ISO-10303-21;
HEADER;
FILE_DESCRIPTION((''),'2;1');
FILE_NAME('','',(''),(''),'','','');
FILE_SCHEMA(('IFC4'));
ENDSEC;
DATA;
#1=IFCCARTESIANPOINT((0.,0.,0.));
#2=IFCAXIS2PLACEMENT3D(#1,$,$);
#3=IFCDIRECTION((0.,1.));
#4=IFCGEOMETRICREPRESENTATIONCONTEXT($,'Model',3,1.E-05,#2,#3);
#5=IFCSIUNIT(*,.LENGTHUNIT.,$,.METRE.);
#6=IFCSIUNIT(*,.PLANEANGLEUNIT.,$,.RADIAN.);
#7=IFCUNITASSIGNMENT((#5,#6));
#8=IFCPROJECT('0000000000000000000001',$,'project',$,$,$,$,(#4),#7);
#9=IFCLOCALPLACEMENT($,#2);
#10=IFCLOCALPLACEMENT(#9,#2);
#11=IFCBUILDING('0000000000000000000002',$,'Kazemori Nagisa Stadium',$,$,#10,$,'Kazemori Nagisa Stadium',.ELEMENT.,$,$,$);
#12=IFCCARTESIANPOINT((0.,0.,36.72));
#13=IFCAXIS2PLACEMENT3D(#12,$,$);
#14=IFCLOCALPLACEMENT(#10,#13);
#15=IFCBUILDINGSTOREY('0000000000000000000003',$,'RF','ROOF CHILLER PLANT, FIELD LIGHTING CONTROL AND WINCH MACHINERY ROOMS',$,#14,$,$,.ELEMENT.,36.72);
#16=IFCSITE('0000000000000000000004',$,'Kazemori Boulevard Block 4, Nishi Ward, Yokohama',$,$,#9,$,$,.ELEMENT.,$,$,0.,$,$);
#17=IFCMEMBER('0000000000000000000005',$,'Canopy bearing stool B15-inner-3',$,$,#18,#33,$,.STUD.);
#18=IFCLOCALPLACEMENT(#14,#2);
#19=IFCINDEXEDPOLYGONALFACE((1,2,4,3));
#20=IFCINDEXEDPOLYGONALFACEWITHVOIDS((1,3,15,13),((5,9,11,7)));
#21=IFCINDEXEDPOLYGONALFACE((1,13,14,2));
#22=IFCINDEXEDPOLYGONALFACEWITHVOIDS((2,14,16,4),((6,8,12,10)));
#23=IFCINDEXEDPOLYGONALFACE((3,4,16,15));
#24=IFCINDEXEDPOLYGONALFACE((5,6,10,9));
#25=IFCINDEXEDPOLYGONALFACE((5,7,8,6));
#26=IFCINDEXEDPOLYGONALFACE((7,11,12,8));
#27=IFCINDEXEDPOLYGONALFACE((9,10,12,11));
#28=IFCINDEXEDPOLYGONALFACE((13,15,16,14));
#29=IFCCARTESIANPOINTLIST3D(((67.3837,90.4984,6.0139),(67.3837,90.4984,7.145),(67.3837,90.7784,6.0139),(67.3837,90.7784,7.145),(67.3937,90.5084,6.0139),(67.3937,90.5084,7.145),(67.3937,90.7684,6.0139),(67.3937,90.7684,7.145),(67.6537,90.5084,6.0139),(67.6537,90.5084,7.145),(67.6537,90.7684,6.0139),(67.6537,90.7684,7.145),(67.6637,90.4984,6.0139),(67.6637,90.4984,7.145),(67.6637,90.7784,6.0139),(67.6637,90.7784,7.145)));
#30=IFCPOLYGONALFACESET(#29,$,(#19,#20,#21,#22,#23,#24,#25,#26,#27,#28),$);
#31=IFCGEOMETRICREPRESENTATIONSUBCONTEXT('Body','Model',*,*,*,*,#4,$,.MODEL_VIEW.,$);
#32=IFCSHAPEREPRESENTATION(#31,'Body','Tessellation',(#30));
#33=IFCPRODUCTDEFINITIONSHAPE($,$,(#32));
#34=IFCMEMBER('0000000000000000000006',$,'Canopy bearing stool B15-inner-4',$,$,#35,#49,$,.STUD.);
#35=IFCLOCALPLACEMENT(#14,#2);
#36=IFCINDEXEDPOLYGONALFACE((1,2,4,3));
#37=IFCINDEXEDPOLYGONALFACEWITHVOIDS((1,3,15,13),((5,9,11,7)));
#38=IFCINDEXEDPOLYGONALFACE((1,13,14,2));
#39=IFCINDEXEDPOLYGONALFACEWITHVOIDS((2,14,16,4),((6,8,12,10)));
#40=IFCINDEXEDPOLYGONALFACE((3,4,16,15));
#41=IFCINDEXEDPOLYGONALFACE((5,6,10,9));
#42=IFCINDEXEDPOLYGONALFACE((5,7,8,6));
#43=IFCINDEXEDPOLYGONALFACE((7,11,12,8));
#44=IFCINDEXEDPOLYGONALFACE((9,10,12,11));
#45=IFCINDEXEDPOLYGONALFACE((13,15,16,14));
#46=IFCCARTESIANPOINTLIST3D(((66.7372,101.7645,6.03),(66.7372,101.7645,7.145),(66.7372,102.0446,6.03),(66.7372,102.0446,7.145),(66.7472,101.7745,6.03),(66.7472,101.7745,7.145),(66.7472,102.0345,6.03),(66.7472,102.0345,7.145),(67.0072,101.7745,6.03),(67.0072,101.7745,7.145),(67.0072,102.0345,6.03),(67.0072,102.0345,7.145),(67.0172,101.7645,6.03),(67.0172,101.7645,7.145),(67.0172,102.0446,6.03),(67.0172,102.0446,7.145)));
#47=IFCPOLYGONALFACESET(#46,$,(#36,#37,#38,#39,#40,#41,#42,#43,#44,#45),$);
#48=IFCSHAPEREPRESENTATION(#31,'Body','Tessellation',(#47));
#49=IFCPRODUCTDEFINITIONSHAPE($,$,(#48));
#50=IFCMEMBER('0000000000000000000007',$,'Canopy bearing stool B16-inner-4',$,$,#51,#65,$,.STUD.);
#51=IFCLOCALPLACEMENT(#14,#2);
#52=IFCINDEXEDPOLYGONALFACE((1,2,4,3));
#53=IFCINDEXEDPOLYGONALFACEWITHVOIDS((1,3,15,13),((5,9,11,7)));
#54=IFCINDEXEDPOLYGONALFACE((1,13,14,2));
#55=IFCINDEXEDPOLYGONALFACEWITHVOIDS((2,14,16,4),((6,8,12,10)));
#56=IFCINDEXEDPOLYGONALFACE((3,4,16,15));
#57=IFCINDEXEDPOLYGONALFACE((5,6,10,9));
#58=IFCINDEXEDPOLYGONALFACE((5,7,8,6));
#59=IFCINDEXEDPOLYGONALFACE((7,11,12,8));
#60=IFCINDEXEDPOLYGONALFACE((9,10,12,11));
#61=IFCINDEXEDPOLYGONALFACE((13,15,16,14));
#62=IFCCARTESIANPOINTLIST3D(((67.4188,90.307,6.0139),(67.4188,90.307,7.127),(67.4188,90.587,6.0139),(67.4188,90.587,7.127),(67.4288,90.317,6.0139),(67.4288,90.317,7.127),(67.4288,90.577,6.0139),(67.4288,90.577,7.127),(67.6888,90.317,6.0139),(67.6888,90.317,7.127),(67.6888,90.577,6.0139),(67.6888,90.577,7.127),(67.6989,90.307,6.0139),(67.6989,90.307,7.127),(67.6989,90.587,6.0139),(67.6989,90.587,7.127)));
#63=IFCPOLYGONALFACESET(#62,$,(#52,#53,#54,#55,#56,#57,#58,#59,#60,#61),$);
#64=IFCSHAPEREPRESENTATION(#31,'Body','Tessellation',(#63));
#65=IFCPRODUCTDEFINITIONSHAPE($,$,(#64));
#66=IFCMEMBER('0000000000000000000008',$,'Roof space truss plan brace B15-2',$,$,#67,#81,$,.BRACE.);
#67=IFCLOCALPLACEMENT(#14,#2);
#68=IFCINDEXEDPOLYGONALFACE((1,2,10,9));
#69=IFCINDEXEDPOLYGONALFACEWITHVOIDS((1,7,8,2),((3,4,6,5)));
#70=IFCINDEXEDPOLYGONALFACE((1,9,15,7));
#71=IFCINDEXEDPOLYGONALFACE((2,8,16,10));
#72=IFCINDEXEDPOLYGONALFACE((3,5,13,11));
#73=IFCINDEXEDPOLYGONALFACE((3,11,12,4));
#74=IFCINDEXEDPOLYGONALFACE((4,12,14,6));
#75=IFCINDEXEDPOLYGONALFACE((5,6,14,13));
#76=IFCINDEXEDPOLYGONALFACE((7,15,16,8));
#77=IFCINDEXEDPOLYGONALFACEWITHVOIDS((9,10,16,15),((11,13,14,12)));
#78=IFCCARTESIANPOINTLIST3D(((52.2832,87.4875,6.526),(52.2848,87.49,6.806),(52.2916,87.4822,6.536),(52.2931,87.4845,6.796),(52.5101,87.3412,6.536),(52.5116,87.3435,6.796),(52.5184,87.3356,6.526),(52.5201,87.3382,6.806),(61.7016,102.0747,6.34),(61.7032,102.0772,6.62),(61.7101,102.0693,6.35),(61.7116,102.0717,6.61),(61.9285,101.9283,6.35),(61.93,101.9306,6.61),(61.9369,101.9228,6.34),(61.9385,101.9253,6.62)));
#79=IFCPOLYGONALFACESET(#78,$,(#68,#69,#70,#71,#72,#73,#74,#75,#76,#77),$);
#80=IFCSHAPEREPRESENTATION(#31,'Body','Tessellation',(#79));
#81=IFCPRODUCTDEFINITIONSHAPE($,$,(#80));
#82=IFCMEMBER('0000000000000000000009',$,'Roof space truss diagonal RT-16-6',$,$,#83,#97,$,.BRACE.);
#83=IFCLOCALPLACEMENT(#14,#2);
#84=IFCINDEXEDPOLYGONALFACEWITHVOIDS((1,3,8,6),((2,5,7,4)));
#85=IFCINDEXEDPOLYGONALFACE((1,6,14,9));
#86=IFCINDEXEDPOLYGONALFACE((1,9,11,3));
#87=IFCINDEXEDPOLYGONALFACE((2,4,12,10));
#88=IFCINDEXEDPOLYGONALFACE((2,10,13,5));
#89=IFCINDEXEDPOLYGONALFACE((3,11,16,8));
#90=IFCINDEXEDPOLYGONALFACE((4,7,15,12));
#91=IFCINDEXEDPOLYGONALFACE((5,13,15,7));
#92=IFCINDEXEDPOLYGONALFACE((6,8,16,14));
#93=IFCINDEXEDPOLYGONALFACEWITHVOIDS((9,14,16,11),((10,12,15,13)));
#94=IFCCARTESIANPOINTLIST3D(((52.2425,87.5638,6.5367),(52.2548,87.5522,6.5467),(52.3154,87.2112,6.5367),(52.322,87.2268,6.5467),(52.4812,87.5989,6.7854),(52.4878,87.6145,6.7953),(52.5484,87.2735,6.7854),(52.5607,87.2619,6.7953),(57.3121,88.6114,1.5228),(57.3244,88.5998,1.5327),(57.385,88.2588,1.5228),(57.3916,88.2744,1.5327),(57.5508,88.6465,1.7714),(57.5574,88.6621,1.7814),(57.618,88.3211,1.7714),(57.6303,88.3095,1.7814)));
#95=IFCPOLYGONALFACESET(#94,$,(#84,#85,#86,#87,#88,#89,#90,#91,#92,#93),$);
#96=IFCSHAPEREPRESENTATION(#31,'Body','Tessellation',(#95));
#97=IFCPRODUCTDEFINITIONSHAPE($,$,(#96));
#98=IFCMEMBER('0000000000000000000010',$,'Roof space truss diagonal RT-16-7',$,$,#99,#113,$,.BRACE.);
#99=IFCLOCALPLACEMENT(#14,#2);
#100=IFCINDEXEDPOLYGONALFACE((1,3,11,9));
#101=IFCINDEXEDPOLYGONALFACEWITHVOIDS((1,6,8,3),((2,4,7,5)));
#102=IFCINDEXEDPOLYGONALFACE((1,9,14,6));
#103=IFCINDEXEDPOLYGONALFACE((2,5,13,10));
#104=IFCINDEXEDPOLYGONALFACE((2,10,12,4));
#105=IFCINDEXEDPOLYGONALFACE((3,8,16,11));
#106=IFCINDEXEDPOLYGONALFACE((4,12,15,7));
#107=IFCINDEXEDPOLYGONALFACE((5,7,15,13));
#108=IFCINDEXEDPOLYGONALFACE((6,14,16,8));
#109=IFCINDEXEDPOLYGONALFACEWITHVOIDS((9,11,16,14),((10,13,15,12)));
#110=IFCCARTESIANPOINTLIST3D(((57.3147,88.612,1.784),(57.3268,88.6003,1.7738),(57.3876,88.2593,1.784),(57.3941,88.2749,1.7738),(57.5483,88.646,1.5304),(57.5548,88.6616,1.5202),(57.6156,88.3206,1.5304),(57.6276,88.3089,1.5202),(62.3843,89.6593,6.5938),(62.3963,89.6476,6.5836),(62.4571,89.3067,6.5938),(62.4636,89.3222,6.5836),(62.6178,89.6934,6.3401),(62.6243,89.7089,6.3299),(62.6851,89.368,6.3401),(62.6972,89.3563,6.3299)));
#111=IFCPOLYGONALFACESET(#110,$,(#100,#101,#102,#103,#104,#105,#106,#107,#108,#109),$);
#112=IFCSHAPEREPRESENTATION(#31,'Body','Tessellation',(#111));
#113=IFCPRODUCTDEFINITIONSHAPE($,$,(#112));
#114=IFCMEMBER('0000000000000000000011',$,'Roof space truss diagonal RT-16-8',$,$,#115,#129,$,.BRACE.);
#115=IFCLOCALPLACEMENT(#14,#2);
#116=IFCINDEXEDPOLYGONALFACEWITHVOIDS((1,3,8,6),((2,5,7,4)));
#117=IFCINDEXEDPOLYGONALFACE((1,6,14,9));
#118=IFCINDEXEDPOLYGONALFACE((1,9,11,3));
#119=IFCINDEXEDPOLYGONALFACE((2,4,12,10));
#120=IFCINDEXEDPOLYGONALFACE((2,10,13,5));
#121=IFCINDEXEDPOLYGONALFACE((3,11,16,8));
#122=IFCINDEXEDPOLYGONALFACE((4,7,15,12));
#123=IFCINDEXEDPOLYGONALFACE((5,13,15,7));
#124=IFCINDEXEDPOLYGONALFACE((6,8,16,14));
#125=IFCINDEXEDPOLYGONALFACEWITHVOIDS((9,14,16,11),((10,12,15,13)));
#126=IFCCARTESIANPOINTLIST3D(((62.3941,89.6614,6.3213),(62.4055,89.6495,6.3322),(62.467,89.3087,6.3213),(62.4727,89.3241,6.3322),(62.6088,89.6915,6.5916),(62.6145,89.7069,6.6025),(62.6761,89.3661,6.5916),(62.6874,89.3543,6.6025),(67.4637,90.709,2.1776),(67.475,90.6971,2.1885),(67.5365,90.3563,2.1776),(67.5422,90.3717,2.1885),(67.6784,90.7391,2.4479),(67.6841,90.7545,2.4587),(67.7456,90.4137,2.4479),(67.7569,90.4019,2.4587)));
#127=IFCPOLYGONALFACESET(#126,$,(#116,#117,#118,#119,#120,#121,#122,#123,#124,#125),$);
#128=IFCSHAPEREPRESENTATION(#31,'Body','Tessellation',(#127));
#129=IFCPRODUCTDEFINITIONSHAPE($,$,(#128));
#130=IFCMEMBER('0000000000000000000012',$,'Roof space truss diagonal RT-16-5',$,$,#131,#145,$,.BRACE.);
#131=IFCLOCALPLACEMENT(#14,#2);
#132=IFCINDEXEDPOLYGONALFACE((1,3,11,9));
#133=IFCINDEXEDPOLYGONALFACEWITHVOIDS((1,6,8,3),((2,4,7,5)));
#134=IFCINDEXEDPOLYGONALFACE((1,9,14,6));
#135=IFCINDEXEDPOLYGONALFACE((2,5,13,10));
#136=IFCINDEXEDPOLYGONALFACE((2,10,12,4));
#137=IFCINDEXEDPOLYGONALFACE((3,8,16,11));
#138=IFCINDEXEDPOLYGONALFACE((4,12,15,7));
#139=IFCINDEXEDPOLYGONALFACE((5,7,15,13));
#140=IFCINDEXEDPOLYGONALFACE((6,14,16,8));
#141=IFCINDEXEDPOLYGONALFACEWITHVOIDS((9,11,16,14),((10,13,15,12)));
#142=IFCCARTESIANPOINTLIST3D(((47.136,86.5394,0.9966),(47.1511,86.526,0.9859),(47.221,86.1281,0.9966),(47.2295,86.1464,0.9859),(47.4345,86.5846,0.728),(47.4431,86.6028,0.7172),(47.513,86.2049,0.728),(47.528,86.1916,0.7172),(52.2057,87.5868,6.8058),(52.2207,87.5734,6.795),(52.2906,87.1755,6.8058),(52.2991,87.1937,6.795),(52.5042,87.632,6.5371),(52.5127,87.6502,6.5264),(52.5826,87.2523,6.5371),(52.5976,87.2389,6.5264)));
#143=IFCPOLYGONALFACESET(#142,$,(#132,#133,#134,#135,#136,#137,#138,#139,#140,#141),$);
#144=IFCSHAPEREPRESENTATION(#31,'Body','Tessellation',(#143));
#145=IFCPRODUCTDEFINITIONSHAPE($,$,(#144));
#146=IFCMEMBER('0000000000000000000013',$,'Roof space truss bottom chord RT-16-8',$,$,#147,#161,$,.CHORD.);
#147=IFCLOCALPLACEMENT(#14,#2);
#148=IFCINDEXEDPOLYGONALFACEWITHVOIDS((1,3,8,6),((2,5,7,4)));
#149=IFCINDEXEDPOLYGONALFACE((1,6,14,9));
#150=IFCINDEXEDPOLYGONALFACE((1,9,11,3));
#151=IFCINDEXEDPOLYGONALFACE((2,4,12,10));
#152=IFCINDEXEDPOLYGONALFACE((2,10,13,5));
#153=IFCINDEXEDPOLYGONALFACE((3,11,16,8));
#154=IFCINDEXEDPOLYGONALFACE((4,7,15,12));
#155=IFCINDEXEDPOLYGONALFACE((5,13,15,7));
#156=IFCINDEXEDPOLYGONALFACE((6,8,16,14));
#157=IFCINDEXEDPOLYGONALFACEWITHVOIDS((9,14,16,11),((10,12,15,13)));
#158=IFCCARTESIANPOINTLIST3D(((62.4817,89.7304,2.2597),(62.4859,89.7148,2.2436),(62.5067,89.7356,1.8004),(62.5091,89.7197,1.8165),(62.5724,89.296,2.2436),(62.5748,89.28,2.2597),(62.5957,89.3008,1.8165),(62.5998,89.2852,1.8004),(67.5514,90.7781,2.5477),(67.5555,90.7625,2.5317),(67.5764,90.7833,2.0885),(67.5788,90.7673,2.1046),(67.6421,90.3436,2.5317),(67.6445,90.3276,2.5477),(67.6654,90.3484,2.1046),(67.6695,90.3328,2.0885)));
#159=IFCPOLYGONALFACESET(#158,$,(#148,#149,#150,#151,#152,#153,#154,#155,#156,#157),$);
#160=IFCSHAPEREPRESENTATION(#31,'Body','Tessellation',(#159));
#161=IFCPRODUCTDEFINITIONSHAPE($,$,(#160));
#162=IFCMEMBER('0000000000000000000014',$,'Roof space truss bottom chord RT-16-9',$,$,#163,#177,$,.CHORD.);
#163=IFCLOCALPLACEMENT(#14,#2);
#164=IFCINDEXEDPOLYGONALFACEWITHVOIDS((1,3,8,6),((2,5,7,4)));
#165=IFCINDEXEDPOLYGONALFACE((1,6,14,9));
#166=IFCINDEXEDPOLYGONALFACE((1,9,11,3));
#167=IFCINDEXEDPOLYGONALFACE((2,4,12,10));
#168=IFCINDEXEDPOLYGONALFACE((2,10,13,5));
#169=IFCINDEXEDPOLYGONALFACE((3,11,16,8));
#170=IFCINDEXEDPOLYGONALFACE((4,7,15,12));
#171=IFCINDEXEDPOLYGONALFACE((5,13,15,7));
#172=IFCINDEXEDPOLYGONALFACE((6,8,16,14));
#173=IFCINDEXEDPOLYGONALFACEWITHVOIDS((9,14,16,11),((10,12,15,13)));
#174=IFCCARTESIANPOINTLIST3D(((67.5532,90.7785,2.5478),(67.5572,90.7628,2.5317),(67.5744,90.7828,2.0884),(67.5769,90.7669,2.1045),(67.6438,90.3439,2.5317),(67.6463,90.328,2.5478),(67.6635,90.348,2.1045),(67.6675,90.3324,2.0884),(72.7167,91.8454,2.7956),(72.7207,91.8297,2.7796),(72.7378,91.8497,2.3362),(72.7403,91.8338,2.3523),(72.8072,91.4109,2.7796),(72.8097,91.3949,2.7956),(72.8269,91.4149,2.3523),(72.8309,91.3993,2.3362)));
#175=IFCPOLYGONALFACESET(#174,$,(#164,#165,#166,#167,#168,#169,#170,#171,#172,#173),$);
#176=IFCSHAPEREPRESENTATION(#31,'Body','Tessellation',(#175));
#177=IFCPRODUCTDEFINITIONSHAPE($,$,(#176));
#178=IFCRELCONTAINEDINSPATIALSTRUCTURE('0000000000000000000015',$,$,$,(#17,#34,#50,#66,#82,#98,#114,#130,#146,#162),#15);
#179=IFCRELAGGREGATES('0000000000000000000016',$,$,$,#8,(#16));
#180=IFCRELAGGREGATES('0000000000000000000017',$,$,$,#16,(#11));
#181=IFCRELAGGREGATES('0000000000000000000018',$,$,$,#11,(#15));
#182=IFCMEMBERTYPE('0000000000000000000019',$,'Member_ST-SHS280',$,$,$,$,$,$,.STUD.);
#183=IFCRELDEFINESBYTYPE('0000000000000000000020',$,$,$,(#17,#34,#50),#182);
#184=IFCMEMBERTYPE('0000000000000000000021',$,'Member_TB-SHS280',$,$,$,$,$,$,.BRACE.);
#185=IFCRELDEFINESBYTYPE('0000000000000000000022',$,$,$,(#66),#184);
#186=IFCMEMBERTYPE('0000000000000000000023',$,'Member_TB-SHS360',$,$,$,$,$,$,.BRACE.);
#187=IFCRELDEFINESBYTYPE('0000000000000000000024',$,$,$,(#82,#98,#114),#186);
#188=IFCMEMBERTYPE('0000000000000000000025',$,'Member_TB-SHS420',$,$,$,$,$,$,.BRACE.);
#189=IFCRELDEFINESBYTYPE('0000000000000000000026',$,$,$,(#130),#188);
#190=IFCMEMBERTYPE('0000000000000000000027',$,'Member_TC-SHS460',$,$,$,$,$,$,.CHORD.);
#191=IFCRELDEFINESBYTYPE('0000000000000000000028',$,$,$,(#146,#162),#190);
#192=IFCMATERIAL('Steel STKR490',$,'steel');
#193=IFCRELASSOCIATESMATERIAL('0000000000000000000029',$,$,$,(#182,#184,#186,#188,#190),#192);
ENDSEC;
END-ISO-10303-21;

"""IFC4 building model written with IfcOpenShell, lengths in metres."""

from ifc_helpers import new_model, si_unit, direction, frame, origin, origin_2d, place, context, subcontext, project, spatial, hollow_rectangle, extrude, material, material_profile, profile_set, type_object, element, save


model = new_model("IFC4")

# Units and contexts
model_context = context("Model", 3, precision=1e-05, world=origin(), true_north=direction((0.0, 1.0)))
body_context = subcontext(model_context, "Body", "Model", "MODEL_VIEW")
ifc_project = project(units=[si_unit("LENGTHUNIT", "METRE"), si_unit("PLANEANGLEUNIT", "RADIAN")], contexts=[model_context])

# Site, building, storey
site_placement = place(None, origin())
site = spatial("IfcSite", under=ifc_project, at=site_placement, Name="Kazemori Boulevard Block 4, Nishi Ward, Yokohama", CompositionType="ELEMENT", RefElevation=0.0)
building_placement = place(site_placement, origin())
building = spatial("IfcBuilding", under=site, at=building_placement, Name="Kazemori Nagisa Stadium", LongName="Kazemori Nagisa Stadium", CompositionType="ELEMENT")
storey_placement = place(building_placement, frame((0.0, 0.0, 36.72)))
storey = spatial("IfcBuildingStorey", under=building, at=storey_placement, Name="RF", Description="ROOF CHILLER PLANT, FIELD LIGHTING CONTROL AND WINCH MACHINERY ROOMS", CompositionType="ELEMENT", Elevation=36.72)

# Members
ifc_material_1 = material(Name="Steel STKR490", Category="steel")
ifc_material_profile_1 = material_profile(ifc_material_1, hollow_rectangle(XDim=0.28, YDim=0.28, WallThickness=0.01, at=origin_2d()), Name="SHS-280x280x10")
ifc_profile_set_1 = profile_set([ifc_material_profile_1], Name="Steel STKR490")
member_type_1 = type_object("IfcMemberType", Name="Member_ST-SHS280", PredefinedType="STUD", material=ifc_profile_set_1)
member_1_placement = place(storey_placement, frame((67.5237, 90.6384, 6.0139), z_axis=(0.0, 0.0, 1.0), x_axis=(1.0, 0.0, 0.0)))
element("IfcMember", 1, at=member_1_placement, inside=storey, type_object=member_type_1, Name="Canopy bearing stool B15-inner-3", PredefinedType="STUD", context=body_context, shape_type="SweptSolid", body=[
    extrude(hollow_rectangle(XDim=0.28, YDim=0.28, WallThickness=0.01, at=origin_2d()), origin(), (0.0, 0.0, 1.0), 1.1311),
])
member_2_placement = place(storey_placement, frame((66.8772, 101.9045, 6.03), z_axis=(0.0, 0.0, 1.0), x_axis=(1.0, 0.0, 0.0)))
element("IfcMember", 2, at=member_2_placement, inside=storey, type_object=member_type_1, Name="Canopy bearing stool B15-inner-4", PredefinedType="STUD", context=body_context, shape_type="SweptSolid", body=[
    extrude(hollow_rectangle(XDim=0.28, YDim=0.28, WallThickness=0.01, at=origin_2d()), origin(), (0.0, 0.0, 1.0), 1.115),
])
member_3_placement = place(storey_placement, frame((67.5588, 90.447, 6.0139), z_axis=(0.0, 0.0, 1.0), x_axis=(1.0, 0.0, 0.0)))
element("IfcMember", 3, at=member_3_placement, inside=storey, type_object=member_type_1, Name="Canopy bearing stool B16-inner-4", PredefinedType="STUD", context=body_context, shape_type="SweptSolid", body=[
    extrude(hollow_rectangle(XDim=0.28, YDim=0.28, WallThickness=0.01, at=origin_2d()), origin(), (0.0, 0.0, 1.0), 1.113),
])
ifc_material_profile_2 = material_profile(ifc_material_1, hollow_rectangle(XDim=0.28, YDim=0.28, WallThickness=0.01, at=origin_2d()), Name="SHS-280x280x10")
ifc_profile_set_2 = profile_set([ifc_material_profile_2], Name="Steel STKR490")
member_type_2 = type_object("IfcMemberType", Name="Member_TB-SHS280", PredefinedType="BRACE", material=ifc_profile_set_2)
member_4_placement = place(storey_placement, frame((52.4016, 87.4128, 6.666), z_axis=(0.542396, 0.840055, -0.010714), x_axis=(-0.840103, 0.542427, 0.0)))
element("IfcMember", 4, at=member_4_placement, inside=storey, type_object=member_type_2, Name="Roof space truss plan brace B15-2", PredefinedType="BRACE", context=body_context, shape_type="SweptSolid", body=[
    extrude(hollow_rectangle(XDim=0.28, YDim=0.28, WallThickness=0.01, at=origin_2d()), origin(), (0.0, 0.0, 1.0), 17.3645),
])
ifc_material_profile_3 = material_profile(ifc_material_1, hollow_rectangle(XDim=0.3601, YDim=0.3601, WallThickness=0.0139, at=origin_2d()), Name="SHS-360x360x14")
ifc_profile_set_3 = profile_set([ifc_material_profile_3], Name="Steel STKR490")
member_type_3 = type_object("IfcMemberType", Name="Member_TB-SHS360", PredefinedType="BRACE", material=ifc_profile_set_3)
member_5_placement = place(storey_placement, frame((52.4016, 87.4128, 6.666), z_axis=(0.703447, 0.145364, -0.695723), x_axis=(-0.20237, 0.979309, 0.0)))
element("IfcMember", 5, at=member_5_placement, inside=storey, type_object=member_type_3, Name="Roof space truss diagonal RT-16-6", PredefinedType="BRACE", context=body_context, shape_type="SweptSolid", body=[
    extrude(hollow_rectangle(XDim=0.3601, YDim=0.3601, WallThickness=0.0139, at=origin_2d()), origin(), (0.0, 0.0, 1.0), 7.2068),
])
member_6_placement = place(storey_placement, frame((57.4712, 88.4604, 1.6521), z_axis=(0.717435, 0.14822, 0.680674), x_axis=(-0.202325, 0.979318, 0.0)))
element("IfcMember", 6, at=member_6_placement, inside=storey, type_object=member_type_3, Name="Roof space truss diagonal RT-16-7", PredefinedType="BRACE", context=body_context, shape_type="SweptSolid", body=[
    extrude(hollow_rectangle(XDim=0.3601, YDim=0.3601, WallThickness=0.0139, at=origin_2d()), origin(), (0.0, 0.0, 1.0), 7.0662),
])
member_7_placement = place(storey_placement, frame((62.5408, 89.5078, 6.4619), z_axis=(0.764536, 0.157988, -0.62492), x_axis=(-0.20237, 0.979309, 0.0)))
element("IfcMember", 7, at=member_7_placement, inside=storey, type_object=member_type_3, Name="Roof space truss diagonal RT-16-8", PredefinedType="BRACE", context=body_context, shape_type="SweptSolid", body=[
    extrude(hollow_rectangle(XDim=0.3601, YDim=0.3601, WallThickness=0.0139, at=origin_2d()), origin(), (0.0, 0.0, 1.0), 6.6309),
])
ifc_material_profile_4 = material_profile(ifc_material_1, hollow_rectangle(XDim=0.4199, YDim=0.4199, WallThickness=0.0161, at=origin_2d()), Name="SHS-420x420x16")
ifc_profile_set_4 = profile_set([ifc_material_profile_4], Name="Steel STKR490")
member_type_4 = type_object("IfcMemberType", Name="Member_TB-SHS420", PredefinedType="BRACE", material=ifc_profile_set_4)
member_8_placement = place(storey_placement, frame((47.332, 86.3655, 0.8569), z_axis=(0.651538, 0.134606, 0.746578), x_axis=(-0.202325, 0.979318, 0.0)))
element("IfcMember", 8, at=member_8_placement, inside=storey, type_object=member_type_4, Name="Roof space truss diagonal RT-16-5", PredefinedType="BRACE", context=body_context, shape_type="SweptSolid", body=[
    extrude(hollow_rectangle(XDim=0.4199, YDim=0.4199, WallThickness=0.0161, at=origin_2d()), origin(), (0.0, 0.0, 1.0), 7.781),
])
ifc_material_profile_5 = material_profile(ifc_material_1, hollow_rectangle(XDim=0.46, YDim=0.46, WallThickness=0.0161, at=origin_2d()), Name="SHS-460x460x16")
ifc_profile_set_5 = profile_set([ifc_material_profile_5], Name="Steel STKR490")
member_type_5 = type_object("IfcMemberType", Name="Member_TC-SHS460", PredefinedType="CHORD", material=ifc_profile_set_5)
member_9_placement = place(storey_placement, frame((62.5408, 89.5078, 2.03), z_axis=(0.977796, 0.202057, 0.055565), x_axis=(-0.20237, 0.979309, 0.0)))
element("IfcMember", 9, at=member_9_placement, inside=storey, type_object=member_type_5, Name="Roof space truss bottom chord RT-16-8", PredefinedType="CHORD", context=body_context, shape_type="SweptSolid", body=[
    extrude(hollow_rectangle(XDim=0.46, YDim=0.46, WallThickness=0.0161, at=origin_2d()), origin(), (0.0, 0.0, 1.0), 5.1848),
])
member_10_placement = place(storey_placement, frame((67.6104, 90.5554, 2.3181), z_axis=(0.978232, 0.202131, 0.046948), x_axis=(-0.202354, 0.979312, 0.0)))
element("IfcMember", 10, at=member_10_placement, inside=storey, type_object=member_type_5, Name="Roof space truss bottom chord RT-16-9", PredefinedType="CHORD", context=body_context, shape_type="SweptSolid", body=[
    extrude(hollow_rectangle(XDim=0.46, YDim=0.46, WallThickness=0.0161, at=origin_2d()), origin(), (0.0, 0.0, 1.0), 5.2783),
])

save(model, "model.ifc")
